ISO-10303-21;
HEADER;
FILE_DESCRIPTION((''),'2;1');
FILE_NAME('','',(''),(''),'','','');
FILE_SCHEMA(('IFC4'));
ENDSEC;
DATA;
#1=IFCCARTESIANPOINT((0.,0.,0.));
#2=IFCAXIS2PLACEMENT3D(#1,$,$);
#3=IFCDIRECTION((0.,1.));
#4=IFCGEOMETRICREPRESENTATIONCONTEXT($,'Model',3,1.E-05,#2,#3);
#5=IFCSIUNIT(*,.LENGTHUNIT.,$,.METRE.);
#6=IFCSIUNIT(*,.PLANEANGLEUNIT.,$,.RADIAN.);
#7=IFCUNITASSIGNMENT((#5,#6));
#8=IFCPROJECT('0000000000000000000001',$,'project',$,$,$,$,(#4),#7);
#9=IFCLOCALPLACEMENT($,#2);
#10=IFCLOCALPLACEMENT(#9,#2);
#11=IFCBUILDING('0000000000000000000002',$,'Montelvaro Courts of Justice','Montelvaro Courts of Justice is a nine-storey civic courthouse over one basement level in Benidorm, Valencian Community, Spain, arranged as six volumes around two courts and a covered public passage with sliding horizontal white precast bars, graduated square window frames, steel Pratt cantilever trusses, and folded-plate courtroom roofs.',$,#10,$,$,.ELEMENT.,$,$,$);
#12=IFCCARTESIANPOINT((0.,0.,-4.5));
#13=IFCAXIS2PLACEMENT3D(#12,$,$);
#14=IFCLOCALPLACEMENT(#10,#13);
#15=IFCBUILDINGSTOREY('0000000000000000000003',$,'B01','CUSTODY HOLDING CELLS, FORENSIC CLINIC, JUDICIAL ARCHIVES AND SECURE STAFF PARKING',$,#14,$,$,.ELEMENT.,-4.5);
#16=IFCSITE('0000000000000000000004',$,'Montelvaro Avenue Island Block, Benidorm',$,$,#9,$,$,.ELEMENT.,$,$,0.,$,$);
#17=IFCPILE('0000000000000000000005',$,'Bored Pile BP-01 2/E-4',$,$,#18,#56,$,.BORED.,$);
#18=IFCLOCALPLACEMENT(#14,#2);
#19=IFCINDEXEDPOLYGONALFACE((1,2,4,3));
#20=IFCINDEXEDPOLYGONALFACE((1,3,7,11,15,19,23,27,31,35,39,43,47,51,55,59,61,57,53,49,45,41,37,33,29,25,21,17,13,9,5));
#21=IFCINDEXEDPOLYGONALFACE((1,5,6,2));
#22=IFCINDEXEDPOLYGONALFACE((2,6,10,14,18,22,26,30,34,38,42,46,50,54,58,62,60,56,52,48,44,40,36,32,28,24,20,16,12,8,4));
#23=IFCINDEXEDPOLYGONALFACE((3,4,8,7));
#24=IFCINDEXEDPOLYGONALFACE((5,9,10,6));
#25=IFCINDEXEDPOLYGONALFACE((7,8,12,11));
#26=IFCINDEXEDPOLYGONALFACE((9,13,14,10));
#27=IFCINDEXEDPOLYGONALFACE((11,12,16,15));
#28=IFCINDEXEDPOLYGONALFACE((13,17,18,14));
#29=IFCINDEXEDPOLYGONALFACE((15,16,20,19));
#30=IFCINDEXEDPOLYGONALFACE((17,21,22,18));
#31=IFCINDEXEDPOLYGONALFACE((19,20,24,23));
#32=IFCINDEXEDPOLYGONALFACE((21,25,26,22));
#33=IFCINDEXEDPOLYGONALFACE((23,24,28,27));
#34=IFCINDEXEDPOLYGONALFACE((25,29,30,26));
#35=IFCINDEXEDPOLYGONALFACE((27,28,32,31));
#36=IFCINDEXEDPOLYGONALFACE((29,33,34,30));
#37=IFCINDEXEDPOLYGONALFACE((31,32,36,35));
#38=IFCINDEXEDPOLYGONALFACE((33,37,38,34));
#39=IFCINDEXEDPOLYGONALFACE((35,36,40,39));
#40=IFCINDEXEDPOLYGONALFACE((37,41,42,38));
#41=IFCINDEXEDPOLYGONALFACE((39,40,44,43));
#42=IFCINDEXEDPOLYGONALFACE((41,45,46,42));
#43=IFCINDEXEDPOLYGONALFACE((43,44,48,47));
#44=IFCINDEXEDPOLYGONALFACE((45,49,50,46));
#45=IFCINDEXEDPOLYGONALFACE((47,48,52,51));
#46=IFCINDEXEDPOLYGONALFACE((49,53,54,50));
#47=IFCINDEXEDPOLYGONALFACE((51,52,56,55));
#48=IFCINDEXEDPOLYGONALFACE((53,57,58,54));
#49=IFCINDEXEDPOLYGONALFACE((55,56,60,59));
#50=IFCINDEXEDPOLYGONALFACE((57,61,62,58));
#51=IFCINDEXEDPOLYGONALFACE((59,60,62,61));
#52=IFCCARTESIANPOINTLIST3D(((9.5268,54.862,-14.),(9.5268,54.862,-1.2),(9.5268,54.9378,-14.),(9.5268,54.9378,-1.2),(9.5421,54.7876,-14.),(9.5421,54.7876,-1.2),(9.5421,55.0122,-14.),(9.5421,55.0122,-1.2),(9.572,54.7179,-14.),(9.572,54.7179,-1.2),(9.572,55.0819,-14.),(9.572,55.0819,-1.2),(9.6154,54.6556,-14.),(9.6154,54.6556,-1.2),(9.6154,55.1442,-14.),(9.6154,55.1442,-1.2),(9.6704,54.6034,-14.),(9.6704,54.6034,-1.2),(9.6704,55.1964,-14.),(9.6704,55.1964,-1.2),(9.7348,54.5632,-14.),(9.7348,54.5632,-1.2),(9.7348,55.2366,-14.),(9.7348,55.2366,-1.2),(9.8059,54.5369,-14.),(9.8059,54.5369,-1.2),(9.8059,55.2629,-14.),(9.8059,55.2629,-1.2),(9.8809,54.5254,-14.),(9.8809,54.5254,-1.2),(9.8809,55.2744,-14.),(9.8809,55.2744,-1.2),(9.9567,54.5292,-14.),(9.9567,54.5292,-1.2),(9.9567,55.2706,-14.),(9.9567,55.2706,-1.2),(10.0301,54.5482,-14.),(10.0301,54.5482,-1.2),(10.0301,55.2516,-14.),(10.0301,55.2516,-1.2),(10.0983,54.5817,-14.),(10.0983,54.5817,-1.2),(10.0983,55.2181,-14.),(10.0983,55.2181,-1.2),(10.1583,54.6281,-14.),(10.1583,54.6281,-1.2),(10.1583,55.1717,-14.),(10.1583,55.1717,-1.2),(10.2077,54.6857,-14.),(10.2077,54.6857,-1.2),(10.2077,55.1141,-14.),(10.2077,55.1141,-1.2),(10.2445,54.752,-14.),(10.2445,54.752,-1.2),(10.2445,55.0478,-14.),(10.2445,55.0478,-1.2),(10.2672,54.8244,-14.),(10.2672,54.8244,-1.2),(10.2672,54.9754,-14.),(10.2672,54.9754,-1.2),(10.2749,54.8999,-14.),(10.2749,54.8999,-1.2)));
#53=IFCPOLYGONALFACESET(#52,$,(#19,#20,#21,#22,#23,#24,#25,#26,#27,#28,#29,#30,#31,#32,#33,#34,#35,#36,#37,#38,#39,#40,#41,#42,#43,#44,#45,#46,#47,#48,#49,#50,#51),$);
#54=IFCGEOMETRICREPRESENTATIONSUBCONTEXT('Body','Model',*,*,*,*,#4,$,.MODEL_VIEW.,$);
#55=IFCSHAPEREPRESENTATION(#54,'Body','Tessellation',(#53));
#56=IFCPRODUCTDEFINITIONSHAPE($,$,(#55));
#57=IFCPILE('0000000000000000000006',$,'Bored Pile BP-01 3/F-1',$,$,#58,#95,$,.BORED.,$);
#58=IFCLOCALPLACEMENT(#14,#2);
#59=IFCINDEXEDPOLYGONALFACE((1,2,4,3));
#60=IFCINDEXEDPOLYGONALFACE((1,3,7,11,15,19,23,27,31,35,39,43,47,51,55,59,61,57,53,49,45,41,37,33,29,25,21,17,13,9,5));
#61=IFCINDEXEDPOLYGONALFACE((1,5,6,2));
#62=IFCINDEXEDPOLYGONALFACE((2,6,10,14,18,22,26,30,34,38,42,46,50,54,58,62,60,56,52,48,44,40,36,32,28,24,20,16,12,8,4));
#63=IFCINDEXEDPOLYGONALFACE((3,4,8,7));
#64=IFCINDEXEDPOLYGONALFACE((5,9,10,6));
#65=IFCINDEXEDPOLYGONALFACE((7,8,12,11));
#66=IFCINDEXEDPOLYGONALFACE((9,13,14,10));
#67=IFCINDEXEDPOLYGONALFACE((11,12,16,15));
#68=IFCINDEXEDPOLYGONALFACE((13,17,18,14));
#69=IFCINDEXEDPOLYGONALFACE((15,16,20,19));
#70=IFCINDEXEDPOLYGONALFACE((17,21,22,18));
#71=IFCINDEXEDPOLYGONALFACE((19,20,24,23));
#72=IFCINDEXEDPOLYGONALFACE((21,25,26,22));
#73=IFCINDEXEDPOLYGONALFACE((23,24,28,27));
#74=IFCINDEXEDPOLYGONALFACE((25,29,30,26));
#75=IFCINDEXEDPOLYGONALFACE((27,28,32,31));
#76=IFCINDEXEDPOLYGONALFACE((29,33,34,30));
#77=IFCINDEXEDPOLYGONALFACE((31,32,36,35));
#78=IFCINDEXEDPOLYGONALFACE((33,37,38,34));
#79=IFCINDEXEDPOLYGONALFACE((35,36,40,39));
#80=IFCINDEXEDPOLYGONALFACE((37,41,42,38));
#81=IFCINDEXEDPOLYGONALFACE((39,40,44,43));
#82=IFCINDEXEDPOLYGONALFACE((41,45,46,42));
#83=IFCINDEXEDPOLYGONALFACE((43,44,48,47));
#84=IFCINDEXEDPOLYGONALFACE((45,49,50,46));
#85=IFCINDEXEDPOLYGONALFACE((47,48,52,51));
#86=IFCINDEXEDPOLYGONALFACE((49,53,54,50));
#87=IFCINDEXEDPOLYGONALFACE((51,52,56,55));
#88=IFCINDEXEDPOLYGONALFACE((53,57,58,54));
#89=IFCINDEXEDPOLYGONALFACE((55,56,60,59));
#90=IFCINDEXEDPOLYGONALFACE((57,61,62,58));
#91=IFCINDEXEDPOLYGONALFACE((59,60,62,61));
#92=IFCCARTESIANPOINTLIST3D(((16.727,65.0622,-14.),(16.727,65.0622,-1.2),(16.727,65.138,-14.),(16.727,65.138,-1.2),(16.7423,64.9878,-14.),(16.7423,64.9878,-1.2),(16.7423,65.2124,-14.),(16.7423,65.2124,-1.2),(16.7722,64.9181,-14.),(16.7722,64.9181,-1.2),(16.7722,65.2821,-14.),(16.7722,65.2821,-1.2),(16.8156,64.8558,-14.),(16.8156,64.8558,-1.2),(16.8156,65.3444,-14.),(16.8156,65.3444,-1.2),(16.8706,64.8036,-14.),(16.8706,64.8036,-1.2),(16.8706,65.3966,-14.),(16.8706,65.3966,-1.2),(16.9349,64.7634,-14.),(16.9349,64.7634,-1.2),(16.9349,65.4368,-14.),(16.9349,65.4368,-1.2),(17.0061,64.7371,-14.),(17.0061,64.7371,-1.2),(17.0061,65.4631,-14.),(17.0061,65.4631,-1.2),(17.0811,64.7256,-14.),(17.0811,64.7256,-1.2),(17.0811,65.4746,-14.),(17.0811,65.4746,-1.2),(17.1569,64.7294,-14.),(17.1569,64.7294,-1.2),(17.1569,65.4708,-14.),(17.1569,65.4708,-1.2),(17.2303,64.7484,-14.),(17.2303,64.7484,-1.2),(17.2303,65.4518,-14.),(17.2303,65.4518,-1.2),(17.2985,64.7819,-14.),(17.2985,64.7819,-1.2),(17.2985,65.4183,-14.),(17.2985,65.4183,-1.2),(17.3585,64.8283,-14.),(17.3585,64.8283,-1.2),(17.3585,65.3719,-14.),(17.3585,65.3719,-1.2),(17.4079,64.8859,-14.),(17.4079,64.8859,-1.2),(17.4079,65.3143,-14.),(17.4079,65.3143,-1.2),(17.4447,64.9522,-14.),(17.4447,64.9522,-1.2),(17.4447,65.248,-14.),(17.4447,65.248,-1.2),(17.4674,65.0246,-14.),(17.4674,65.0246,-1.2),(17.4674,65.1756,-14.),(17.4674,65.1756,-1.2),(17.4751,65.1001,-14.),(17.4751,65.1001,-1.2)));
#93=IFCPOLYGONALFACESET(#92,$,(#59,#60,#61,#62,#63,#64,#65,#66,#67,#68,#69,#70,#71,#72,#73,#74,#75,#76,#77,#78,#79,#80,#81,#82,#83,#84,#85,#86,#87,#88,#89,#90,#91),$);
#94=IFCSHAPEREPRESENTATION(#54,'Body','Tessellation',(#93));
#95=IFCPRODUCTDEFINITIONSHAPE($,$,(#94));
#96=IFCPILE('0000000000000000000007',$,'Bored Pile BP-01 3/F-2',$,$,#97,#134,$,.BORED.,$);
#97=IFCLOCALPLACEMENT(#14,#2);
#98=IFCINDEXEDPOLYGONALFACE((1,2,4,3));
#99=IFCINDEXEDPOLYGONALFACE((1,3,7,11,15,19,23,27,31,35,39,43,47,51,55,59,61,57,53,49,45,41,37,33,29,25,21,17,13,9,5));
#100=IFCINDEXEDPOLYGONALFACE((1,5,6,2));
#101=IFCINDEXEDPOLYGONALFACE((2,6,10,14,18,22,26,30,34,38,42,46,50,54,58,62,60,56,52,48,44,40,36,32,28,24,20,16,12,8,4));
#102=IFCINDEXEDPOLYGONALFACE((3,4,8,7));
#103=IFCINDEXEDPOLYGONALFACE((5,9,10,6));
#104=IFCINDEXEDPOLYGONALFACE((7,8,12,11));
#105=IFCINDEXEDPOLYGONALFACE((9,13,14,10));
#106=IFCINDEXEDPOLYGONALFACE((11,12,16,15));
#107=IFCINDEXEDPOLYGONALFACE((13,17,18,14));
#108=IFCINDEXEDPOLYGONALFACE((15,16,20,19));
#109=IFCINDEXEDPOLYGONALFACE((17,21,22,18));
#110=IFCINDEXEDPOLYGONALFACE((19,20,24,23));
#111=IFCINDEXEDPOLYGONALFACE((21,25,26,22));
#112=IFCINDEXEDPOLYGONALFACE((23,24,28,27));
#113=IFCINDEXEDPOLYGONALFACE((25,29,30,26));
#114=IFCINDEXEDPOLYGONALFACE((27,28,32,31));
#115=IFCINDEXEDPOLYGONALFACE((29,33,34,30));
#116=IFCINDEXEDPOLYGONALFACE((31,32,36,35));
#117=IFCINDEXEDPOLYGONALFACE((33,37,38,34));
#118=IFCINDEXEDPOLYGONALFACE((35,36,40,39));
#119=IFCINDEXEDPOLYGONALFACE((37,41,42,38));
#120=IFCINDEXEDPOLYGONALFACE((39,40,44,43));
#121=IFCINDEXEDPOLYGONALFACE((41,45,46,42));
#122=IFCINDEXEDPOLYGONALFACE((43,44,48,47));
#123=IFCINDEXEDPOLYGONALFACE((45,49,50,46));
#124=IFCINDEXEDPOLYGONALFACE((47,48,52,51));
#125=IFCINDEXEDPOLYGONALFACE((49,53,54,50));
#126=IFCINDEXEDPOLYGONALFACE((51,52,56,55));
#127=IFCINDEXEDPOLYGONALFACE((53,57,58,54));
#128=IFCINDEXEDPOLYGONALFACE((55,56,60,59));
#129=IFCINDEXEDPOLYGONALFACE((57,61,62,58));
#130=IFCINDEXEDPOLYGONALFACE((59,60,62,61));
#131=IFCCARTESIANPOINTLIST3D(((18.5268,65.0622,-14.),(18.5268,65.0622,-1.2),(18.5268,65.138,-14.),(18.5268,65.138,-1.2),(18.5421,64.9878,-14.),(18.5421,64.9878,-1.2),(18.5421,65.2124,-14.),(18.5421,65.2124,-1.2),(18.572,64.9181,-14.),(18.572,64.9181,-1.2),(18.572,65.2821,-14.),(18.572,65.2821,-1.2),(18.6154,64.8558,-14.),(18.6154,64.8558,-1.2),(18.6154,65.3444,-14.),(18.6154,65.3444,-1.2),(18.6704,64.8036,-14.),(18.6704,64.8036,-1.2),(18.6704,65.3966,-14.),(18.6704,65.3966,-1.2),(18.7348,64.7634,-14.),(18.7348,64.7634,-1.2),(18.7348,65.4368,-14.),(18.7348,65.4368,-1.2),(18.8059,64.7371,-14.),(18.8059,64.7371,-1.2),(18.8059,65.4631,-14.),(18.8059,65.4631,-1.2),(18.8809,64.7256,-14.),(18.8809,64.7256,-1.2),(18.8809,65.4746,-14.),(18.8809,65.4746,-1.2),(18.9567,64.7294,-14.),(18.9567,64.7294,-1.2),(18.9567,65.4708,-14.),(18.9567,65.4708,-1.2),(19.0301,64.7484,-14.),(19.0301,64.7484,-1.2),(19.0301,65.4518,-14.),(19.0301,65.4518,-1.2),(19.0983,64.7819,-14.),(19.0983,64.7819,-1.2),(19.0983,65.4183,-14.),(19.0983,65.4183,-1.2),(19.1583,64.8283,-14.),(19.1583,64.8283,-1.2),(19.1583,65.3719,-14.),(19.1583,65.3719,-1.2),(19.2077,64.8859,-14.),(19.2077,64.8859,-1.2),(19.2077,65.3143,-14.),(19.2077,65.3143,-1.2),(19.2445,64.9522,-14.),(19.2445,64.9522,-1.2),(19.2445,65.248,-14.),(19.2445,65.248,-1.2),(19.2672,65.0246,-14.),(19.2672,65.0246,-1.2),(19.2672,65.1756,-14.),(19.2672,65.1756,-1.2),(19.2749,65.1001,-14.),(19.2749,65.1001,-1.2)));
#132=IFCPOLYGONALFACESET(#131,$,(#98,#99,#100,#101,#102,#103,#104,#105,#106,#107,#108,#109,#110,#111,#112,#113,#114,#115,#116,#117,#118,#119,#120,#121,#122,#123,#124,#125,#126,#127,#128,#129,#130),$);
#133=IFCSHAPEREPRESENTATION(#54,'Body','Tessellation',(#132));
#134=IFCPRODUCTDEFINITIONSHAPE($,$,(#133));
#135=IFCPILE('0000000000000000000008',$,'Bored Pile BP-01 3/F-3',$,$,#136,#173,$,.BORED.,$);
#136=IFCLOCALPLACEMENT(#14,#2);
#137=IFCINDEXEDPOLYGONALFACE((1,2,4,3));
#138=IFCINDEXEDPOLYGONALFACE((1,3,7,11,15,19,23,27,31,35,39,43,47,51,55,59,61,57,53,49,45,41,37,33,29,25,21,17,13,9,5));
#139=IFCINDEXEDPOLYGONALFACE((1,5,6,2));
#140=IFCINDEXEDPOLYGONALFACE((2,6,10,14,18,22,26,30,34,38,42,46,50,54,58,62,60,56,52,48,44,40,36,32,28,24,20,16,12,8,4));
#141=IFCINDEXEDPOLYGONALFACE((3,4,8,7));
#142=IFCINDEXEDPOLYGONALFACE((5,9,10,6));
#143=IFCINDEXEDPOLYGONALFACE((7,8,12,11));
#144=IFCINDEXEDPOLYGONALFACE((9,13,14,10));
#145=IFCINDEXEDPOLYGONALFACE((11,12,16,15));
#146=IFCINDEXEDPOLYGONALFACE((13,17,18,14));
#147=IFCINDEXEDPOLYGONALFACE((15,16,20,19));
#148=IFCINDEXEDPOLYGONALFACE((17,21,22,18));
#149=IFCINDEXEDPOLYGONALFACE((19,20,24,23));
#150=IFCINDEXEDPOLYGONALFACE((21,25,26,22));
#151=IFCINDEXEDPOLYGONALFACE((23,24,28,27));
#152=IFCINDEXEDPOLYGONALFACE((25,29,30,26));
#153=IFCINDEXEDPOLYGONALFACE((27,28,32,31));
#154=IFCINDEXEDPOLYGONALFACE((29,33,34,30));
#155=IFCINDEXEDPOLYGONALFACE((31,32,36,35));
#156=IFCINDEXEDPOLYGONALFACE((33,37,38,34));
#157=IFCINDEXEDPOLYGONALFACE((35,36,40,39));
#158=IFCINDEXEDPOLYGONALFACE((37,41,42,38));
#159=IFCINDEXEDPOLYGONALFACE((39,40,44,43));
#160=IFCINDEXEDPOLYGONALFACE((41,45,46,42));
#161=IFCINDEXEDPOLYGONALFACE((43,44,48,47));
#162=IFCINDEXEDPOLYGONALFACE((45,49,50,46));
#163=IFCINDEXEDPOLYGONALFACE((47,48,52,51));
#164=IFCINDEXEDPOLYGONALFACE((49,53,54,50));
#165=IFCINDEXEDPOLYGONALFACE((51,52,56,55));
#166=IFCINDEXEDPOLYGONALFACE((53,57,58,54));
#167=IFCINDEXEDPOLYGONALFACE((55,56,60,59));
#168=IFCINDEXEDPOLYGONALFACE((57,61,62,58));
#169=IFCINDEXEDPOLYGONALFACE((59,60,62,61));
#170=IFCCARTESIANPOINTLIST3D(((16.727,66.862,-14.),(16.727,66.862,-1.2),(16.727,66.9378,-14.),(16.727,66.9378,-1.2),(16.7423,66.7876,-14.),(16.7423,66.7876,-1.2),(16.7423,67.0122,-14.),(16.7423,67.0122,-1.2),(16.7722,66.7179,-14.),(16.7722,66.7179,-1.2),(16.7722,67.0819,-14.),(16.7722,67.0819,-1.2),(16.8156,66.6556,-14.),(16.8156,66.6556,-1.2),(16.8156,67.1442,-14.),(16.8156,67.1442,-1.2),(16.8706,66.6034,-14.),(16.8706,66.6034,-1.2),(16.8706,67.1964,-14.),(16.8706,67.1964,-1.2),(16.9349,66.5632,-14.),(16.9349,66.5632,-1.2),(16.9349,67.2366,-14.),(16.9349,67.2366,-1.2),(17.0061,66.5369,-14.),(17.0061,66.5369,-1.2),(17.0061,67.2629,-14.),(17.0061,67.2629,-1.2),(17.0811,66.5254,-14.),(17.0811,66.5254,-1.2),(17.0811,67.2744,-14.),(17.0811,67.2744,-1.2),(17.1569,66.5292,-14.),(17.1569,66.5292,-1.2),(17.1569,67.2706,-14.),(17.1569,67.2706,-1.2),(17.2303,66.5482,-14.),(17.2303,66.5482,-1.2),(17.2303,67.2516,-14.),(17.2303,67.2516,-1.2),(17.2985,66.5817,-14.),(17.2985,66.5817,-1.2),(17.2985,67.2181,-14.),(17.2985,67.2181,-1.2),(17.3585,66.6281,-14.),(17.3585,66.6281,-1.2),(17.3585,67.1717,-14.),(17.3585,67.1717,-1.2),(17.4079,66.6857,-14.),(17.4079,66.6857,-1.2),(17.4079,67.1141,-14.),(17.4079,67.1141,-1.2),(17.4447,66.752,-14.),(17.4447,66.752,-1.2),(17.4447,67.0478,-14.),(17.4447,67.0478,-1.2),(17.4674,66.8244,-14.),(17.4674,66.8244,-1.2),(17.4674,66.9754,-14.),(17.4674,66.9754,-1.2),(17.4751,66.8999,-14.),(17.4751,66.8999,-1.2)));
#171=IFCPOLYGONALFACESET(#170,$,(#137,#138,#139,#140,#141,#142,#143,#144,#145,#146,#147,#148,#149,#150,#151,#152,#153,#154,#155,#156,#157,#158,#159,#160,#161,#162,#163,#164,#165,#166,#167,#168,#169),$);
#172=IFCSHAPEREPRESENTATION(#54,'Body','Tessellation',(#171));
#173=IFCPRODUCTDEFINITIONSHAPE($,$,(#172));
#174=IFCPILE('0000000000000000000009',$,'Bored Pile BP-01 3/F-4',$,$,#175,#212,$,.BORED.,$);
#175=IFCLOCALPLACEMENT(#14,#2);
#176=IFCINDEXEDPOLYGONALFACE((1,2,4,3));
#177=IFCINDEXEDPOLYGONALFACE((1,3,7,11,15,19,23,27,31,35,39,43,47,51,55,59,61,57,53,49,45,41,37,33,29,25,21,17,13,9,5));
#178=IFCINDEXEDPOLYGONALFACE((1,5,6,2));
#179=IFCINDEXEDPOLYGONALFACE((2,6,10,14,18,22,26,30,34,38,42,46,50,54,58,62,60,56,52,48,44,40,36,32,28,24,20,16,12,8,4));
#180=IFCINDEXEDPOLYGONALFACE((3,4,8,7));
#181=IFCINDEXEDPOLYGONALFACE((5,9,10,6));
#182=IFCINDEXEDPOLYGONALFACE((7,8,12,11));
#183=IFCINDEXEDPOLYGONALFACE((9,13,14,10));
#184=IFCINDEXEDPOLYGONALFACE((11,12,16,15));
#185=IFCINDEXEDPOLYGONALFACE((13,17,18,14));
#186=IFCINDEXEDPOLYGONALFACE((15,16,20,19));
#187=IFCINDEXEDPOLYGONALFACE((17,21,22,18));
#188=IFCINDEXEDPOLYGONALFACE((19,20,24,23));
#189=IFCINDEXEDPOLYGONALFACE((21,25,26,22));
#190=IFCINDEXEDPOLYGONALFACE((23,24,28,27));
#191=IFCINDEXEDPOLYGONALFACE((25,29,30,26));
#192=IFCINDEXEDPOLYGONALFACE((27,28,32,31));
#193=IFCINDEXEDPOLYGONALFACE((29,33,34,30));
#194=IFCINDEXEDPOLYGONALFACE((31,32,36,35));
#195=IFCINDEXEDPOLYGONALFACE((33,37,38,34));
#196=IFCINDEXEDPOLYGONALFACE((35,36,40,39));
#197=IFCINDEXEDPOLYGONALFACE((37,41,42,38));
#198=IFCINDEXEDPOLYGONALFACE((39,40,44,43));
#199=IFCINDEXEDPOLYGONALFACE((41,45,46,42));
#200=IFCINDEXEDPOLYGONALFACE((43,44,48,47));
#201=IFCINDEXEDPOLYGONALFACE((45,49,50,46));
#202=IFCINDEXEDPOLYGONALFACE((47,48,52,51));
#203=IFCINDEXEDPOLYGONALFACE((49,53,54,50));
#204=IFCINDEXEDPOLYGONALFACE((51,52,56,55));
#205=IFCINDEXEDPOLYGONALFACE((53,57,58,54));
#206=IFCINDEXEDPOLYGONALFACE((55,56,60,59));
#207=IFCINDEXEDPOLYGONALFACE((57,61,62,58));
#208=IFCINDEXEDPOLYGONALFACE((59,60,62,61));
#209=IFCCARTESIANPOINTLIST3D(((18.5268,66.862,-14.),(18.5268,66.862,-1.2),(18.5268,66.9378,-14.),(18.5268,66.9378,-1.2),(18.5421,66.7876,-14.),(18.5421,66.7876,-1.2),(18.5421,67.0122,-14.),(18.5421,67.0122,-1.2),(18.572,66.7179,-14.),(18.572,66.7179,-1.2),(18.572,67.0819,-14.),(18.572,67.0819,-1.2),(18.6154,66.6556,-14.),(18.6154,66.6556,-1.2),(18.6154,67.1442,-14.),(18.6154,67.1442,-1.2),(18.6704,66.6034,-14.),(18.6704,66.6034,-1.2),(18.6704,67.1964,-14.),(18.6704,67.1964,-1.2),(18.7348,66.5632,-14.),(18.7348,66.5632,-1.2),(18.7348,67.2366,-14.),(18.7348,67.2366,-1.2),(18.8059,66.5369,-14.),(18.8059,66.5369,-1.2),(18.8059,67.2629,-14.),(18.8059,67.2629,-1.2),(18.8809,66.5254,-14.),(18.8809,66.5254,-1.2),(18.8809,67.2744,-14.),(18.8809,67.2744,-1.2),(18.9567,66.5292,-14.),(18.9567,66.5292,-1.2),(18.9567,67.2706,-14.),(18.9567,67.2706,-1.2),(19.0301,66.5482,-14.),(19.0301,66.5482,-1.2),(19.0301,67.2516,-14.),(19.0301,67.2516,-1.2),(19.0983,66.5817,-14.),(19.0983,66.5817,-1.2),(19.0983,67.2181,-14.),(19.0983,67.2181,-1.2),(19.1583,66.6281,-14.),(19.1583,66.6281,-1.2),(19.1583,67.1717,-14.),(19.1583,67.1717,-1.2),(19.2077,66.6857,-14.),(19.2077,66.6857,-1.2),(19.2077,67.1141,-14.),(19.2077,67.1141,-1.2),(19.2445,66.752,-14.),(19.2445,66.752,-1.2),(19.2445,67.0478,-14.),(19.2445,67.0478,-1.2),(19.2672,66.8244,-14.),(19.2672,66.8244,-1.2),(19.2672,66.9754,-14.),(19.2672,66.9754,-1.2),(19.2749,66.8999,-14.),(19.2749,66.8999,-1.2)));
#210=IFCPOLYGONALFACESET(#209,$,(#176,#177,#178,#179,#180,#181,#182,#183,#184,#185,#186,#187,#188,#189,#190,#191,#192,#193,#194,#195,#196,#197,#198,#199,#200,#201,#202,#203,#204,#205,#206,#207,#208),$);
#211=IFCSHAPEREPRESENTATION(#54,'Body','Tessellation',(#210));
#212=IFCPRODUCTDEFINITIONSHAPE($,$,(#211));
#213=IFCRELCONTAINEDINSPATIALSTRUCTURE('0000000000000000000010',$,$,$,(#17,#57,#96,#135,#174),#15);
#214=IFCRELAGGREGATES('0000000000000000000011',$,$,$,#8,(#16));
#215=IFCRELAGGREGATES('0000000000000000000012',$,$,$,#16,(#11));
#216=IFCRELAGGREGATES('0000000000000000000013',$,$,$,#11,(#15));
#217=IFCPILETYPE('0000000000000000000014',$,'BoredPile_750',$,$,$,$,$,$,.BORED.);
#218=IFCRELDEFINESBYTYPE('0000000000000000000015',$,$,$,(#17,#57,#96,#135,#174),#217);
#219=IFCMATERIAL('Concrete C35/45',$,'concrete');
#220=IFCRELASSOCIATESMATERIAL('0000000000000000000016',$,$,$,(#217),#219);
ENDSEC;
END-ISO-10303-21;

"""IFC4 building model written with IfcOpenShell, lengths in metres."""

from ifc_helpers import new_model, si_unit, direction, frame, origin, origin_2d, place, context, subcontext, project, spatial, circle, extrude, material, material_profile, profile_set, type_object, element, save


model = new_model("IFC4")

# Units and contexts
model_context = context("Model", 3, precision=1e-05, world=origin(), true_north=direction((0.0, 1.0)))
body_context = subcontext(model_context, "Body", "Model", "MODEL_VIEW")
ifc_project = project(units=[si_unit("LENGTHUNIT", "METRE"), si_unit("PLANEANGLEUNIT", "RADIAN")], contexts=[model_context])

# Site, building, storey
site_placement = place(None, origin())
site = spatial("IfcSite", under=ifc_project, at=site_placement, Name="Montelvaro Avenue Island Block, Benidorm", CompositionType="ELEMENT", RefElevation=0.0)
building_placement = place(site_placement, origin())
building = spatial("IfcBuilding", under=site, at=building_placement, Name="Montelvaro Courts of Justice", Description="Montelvaro Courts of Justice is a nine-storey civic courthouse over one basement level in Benidorm, Valencian Community, Spain, arranged as six volumes around two courts and a covered public passage with sliding horizontal white precast bars, graduated square window frames, steel Pratt cantilever trusses, and folded-plate courtroom roofs.", CompositionType="ELEMENT")
storey_placement = place(building_placement, frame((0.0, 0.0, -4.5)))
storey = spatial("IfcBuildingStorey", under=building, at=storey_placement, Name="B01", Description="CUSTODY HOLDING CELLS, FORENSIC CLINIC, JUDICIAL ARCHIVES AND SECURE STAFF PARKING", CompositionType="ELEMENT", Elevation=-4.5)

# Piles
ifc_material_1 = material(Name="Concrete C35/45", Category="concrete")
ifc_material_profile_1 = material_profile(ifc_material_1, circle(Radius=0.375, at=origin_2d()), Name="BORED PILE D750")
ifc_profile_set_1 = profile_set([ifc_material_profile_1], Name="Concrete C35/45")
pile_type_1 = type_object("IfcPileType", Name="BoredPile_750", PredefinedType="BORED", material=ifc_profile_set_1)
for number, where, z_axis, x_axis, name in (
    (1, (9.8999, 54.8999, -1.2), (0.0, 0.0, -1.0), (1.0, 0.0, 0.0), "Bored Pile BP-01 2/E-4"),
    (2, (17.1001, 65.1001, -1.2), (0.0, 0.0, -1.0), (1.0, 0.0, 0.0), "Bored Pile BP-01 3/F-1"),
    (3, (18.8999, 65.1001, -1.2), (0.0, 0.0, -1.0), (1.0, 0.0, 0.0), "Bored Pile BP-01 3/F-2"),
    (4, (17.1001, 66.8999, -1.2), (0.0, 0.0, -1.0), (1.0, 0.0, 0.0), "Bored Pile BP-01 3/F-3"),
    (5, (18.8999, 66.8999, -1.2), (0.0, 0.0, -1.0), (1.0, 0.0, 0.0), "Bored Pile BP-01 3/F-4"),
):
    element("IfcPile", number, at=place(storey_placement, frame(where, z_axis=z_axis, x_axis=x_axis)), inside=storey, type_object=pile_type_1, Name=name, PredefinedType="BORED", context=body_context, shape_type="SweptSolid", body=[
        extrude(circle(Radius=0.375, at=origin_2d()), origin(), (0.0, 0.0, 1.0), 12.8),
    ])

save(model, "model.ifc")
